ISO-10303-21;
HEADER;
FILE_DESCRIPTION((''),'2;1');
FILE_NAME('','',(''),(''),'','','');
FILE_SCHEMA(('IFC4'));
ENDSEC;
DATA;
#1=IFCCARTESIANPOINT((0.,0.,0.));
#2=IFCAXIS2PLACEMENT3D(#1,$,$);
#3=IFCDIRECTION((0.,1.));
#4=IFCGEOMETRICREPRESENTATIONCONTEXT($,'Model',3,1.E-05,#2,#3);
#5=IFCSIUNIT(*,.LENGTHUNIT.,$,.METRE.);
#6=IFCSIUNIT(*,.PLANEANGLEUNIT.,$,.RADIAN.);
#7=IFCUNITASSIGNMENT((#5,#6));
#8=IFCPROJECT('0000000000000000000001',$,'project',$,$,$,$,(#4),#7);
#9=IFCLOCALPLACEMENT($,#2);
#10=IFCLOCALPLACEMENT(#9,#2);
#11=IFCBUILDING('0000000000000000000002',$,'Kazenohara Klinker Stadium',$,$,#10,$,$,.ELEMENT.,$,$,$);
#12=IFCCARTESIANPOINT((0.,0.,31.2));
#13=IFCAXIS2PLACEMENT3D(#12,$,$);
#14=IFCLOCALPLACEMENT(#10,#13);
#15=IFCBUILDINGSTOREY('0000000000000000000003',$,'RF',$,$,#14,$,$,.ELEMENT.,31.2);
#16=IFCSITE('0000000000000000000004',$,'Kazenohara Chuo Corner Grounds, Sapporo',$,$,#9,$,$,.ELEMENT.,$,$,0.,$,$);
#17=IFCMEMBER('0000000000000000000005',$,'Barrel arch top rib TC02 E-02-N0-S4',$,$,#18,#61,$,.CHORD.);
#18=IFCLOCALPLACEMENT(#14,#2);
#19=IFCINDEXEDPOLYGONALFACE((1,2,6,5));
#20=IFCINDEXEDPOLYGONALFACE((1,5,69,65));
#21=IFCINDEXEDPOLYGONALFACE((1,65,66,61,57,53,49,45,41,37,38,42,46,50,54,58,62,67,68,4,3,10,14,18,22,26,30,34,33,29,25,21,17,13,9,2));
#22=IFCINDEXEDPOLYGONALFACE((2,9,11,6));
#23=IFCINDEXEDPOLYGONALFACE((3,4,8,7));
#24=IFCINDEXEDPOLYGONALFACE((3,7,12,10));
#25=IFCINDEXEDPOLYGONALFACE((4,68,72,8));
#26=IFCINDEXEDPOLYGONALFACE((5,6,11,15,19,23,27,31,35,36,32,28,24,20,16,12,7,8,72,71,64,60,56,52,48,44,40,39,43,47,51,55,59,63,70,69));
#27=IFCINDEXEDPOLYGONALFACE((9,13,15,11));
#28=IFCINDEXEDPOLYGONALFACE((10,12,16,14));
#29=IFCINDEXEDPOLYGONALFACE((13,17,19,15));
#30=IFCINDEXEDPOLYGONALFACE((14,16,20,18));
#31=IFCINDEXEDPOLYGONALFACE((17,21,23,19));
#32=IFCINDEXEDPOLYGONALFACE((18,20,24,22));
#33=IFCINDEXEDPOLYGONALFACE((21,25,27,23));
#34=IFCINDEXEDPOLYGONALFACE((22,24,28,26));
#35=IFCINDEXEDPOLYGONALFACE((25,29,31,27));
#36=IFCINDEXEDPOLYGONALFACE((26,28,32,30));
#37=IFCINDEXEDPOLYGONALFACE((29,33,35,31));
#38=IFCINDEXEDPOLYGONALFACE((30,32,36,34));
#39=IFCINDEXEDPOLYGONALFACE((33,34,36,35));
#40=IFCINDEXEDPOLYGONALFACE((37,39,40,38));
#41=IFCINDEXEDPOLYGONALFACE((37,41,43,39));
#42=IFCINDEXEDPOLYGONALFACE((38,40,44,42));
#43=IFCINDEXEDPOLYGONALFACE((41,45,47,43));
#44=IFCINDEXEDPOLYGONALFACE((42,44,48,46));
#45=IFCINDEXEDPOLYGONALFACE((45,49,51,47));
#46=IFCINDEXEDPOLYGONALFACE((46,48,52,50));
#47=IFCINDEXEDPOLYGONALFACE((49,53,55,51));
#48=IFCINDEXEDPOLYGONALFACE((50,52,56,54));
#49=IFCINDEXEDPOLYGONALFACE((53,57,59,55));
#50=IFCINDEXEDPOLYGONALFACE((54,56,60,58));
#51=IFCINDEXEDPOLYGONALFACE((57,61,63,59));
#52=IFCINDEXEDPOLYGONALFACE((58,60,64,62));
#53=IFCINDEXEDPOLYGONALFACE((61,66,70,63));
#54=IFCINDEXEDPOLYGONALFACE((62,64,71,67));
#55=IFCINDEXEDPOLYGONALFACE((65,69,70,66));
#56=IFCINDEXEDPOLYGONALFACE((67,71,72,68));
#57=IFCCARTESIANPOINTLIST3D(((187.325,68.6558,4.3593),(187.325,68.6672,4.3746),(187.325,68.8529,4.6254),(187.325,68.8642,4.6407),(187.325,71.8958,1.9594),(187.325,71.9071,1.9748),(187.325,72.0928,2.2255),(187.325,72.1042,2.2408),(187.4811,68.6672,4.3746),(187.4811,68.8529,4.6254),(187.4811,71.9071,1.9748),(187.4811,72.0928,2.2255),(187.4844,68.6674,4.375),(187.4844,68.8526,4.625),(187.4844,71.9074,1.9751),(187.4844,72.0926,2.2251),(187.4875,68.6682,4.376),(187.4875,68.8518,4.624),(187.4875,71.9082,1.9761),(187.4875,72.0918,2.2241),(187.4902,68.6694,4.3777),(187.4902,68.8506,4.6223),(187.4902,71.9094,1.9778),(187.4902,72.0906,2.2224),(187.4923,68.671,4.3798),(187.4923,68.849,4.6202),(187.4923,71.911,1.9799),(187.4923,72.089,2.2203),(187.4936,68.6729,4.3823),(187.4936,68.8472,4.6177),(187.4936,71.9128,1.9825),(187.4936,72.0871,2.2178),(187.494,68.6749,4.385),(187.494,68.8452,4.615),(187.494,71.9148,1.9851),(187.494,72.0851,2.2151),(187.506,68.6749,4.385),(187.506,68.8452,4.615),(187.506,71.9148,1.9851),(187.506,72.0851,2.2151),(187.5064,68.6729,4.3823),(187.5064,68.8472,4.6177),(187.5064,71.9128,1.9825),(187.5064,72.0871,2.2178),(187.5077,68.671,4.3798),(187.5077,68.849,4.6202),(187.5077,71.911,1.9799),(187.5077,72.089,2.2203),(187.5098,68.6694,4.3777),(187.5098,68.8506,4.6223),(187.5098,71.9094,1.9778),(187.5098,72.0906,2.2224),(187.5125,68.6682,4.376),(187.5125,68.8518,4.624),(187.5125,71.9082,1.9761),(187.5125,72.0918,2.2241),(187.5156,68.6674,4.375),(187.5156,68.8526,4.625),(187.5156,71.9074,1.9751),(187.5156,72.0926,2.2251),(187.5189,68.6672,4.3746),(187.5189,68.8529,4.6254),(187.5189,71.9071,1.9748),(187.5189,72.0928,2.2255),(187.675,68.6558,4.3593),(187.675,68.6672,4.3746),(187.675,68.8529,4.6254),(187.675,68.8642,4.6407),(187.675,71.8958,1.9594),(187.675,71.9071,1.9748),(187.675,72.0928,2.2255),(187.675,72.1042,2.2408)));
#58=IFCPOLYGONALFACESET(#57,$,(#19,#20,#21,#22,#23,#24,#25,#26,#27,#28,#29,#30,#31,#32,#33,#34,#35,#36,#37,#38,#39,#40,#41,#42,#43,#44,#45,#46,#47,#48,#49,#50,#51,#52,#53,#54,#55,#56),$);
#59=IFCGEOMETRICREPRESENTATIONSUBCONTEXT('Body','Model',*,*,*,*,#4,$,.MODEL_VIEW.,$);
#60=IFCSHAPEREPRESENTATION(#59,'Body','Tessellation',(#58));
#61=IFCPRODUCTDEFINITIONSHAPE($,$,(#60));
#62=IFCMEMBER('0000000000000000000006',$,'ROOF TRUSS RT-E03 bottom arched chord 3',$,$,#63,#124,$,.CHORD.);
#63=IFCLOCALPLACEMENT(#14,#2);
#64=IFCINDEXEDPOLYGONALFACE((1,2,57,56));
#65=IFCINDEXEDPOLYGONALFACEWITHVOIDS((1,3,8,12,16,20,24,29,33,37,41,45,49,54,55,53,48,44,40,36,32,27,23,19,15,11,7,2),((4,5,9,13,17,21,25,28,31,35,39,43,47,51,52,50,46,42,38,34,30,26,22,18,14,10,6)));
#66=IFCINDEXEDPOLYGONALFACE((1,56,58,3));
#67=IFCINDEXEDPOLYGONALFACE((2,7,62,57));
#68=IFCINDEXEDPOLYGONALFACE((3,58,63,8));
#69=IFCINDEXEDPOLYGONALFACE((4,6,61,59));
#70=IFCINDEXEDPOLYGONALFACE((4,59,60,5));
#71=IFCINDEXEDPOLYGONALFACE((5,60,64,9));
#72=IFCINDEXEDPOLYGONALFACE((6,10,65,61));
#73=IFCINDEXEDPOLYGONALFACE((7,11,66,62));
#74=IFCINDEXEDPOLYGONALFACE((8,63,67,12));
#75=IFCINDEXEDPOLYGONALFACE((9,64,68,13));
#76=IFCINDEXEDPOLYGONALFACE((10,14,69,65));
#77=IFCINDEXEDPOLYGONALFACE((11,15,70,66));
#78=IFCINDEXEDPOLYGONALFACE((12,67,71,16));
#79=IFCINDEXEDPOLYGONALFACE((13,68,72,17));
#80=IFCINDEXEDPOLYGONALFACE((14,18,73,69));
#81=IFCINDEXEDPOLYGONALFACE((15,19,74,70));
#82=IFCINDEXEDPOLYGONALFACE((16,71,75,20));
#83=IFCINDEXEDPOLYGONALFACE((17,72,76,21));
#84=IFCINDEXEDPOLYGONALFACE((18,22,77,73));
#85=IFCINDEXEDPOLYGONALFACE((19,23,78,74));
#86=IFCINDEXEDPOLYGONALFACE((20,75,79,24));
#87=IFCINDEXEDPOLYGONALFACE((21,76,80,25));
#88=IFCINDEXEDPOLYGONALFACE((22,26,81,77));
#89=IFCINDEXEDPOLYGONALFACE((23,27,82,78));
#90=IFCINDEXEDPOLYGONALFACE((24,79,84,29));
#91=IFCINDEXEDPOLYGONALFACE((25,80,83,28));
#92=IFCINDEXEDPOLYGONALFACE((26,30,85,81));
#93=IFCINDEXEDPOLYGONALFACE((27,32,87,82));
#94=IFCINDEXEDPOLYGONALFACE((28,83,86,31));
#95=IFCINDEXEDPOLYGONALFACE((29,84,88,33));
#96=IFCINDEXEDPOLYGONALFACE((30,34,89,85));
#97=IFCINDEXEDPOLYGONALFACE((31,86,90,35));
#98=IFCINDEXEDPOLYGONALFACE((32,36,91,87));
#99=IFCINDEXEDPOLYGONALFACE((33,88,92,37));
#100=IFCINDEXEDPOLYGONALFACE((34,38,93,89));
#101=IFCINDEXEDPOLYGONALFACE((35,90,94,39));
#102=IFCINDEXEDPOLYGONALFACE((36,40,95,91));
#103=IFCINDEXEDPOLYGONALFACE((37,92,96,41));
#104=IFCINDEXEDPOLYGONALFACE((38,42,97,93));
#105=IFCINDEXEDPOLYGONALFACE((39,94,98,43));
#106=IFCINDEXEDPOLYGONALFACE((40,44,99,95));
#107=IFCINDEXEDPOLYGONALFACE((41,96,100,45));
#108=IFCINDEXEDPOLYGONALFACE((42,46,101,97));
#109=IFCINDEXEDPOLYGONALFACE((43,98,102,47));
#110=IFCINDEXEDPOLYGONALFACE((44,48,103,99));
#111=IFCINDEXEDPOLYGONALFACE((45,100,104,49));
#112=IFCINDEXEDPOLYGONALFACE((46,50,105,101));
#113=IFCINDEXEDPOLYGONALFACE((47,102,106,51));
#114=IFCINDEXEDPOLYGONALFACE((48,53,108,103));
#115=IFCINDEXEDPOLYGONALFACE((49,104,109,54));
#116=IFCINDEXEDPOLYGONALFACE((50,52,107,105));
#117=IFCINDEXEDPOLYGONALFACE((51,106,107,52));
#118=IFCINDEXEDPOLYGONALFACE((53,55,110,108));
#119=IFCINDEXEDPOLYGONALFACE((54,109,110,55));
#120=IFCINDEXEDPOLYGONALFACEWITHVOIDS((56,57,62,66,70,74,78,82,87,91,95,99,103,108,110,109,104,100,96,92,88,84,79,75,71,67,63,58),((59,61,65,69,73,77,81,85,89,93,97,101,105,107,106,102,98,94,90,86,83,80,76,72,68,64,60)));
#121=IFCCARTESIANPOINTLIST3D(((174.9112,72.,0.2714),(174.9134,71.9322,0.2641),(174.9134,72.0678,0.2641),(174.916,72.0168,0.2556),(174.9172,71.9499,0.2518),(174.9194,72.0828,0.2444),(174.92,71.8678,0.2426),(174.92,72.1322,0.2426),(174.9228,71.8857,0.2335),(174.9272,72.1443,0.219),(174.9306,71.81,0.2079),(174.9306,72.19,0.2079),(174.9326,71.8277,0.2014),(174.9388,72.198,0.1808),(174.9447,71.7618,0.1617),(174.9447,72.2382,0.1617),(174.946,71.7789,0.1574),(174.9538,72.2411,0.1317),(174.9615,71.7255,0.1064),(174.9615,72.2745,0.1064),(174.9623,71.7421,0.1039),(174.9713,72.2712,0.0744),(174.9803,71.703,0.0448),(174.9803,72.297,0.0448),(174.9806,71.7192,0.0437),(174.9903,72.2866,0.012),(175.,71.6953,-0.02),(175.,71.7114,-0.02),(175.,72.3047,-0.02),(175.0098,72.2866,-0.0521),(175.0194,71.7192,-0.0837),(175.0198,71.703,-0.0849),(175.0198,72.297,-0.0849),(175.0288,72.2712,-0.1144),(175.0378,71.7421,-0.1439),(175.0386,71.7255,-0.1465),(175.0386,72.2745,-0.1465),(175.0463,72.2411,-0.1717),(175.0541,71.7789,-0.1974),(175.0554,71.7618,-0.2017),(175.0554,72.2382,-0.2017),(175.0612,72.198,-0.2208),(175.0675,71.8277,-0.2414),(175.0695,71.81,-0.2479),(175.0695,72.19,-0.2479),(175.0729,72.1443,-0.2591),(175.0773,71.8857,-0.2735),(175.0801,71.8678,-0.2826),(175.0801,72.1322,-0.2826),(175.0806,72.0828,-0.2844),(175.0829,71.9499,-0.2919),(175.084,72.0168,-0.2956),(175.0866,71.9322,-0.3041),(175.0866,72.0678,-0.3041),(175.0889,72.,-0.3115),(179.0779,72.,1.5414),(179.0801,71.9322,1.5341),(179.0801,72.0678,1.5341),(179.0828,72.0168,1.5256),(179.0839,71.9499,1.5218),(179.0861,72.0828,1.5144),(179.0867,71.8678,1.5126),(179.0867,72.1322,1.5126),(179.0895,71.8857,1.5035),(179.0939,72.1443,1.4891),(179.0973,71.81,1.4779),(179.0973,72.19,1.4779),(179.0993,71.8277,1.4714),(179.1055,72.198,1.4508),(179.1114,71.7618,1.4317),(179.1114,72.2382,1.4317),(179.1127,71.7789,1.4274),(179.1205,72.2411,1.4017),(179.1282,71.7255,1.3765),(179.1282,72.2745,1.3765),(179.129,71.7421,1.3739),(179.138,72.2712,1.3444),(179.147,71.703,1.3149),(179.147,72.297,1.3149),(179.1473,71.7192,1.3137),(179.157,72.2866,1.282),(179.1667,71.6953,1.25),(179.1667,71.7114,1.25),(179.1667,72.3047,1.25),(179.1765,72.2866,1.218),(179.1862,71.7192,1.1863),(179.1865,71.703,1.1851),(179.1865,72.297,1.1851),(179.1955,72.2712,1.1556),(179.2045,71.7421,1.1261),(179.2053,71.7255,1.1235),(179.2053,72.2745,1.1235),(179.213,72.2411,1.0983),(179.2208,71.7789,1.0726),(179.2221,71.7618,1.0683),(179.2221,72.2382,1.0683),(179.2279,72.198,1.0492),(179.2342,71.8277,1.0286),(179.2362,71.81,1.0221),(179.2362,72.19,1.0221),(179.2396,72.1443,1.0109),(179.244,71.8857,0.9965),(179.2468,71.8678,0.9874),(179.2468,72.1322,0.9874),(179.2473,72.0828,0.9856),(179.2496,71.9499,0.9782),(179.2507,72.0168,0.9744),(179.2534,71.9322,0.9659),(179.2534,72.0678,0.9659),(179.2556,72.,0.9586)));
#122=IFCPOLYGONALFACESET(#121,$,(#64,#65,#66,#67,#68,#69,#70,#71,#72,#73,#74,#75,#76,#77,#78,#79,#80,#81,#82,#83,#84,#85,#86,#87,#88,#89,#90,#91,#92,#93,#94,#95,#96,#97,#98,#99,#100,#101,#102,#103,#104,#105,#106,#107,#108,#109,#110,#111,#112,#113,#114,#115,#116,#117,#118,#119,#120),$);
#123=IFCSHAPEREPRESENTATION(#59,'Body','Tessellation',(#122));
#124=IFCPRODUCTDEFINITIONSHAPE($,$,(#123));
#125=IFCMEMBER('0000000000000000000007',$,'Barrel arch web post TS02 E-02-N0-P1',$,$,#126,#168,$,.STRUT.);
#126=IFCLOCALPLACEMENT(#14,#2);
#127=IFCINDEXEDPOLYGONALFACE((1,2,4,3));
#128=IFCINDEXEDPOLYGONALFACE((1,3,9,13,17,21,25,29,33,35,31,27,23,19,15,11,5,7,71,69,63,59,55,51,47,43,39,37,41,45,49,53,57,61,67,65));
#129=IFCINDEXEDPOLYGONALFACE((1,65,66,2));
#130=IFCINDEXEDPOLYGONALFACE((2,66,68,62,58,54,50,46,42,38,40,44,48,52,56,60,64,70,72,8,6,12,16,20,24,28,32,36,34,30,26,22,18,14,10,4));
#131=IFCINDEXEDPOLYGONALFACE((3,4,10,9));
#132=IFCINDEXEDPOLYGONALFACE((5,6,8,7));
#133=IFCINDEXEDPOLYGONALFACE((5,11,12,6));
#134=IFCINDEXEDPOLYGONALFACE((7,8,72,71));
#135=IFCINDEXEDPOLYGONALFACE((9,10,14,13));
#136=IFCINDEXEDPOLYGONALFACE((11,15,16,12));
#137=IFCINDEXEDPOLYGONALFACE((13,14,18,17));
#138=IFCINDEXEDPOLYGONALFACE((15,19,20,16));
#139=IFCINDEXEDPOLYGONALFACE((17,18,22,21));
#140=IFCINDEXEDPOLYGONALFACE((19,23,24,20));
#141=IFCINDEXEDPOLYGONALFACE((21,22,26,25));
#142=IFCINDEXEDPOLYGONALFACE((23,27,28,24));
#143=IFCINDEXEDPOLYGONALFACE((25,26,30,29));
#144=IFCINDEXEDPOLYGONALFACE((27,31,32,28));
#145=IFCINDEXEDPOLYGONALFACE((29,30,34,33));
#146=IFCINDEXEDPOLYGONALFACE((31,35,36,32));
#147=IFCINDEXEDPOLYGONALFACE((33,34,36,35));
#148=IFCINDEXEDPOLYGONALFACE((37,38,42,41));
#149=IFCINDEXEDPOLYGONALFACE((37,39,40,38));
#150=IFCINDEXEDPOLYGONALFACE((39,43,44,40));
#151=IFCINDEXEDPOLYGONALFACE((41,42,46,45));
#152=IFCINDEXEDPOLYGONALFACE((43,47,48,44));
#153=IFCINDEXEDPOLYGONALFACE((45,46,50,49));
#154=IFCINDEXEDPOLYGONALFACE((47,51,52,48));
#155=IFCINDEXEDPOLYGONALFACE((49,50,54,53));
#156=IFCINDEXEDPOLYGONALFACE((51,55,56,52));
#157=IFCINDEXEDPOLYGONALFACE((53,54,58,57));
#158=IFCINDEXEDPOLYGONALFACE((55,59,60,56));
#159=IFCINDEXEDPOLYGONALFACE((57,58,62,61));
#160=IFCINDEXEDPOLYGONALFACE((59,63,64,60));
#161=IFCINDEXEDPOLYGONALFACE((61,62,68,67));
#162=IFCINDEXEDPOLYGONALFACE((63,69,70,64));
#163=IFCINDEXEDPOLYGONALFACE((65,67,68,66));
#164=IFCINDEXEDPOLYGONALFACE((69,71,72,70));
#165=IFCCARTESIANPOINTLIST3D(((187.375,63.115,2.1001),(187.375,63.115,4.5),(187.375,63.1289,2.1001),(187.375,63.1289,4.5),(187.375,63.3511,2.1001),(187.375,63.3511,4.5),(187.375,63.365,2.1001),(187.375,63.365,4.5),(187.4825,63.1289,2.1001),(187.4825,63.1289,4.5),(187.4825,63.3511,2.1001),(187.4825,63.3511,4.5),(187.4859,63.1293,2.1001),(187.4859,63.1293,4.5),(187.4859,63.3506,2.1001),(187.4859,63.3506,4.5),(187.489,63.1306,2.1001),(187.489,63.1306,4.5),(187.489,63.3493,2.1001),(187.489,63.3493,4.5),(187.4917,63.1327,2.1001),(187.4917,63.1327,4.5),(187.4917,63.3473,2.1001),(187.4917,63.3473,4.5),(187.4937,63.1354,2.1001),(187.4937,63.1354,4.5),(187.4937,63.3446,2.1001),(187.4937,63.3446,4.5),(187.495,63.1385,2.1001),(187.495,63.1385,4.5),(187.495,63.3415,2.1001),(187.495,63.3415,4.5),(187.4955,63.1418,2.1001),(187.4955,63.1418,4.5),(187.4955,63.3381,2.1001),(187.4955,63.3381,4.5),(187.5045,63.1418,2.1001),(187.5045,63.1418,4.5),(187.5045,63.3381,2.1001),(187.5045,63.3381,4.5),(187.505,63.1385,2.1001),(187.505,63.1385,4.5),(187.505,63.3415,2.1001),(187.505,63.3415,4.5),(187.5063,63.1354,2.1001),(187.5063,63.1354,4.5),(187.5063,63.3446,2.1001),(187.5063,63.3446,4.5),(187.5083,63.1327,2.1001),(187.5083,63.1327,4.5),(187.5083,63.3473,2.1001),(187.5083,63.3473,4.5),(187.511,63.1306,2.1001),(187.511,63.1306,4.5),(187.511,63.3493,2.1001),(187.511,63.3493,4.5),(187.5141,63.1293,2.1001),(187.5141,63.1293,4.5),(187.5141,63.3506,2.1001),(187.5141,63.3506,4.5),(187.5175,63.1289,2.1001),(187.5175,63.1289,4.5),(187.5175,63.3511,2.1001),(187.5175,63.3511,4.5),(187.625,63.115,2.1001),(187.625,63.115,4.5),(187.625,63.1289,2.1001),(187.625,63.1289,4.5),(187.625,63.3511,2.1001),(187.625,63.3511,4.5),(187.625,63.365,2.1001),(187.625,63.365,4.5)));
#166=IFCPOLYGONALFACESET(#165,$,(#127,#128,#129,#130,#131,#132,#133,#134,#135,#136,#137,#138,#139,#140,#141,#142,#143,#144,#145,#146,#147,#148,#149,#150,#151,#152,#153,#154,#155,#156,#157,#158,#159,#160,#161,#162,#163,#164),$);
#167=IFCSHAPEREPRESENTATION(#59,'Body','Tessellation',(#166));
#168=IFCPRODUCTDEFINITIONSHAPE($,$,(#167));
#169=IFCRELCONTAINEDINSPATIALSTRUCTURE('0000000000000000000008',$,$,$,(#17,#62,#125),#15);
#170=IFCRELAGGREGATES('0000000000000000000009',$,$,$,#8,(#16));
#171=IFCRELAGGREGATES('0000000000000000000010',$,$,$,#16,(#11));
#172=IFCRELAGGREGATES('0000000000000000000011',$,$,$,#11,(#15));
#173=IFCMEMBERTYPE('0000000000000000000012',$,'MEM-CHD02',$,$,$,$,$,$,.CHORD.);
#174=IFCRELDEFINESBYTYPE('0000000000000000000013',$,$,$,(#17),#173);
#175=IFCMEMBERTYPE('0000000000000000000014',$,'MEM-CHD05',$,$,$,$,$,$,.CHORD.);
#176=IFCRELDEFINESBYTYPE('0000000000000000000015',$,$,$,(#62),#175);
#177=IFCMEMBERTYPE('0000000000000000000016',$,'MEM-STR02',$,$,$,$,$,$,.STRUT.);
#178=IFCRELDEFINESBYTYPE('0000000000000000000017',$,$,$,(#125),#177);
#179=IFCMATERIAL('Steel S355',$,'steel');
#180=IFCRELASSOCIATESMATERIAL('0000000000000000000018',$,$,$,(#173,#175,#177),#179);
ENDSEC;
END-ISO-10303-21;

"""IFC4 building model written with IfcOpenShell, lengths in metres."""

from ifc_helpers import new_model, si_unit, direction, frame, origin, origin_2d, place, context, subcontext, project, spatial, hollow_circle, i_section, extrude, material, material_profile, profile_set, type_object, element, save


model = new_model("IFC4")

# Units and contexts
model_context = context("Model", 3, precision=1e-05, world=origin(), true_north=direction((0.0, 1.0)))
body_context = subcontext(model_context, "Body", "Model", "MODEL_VIEW")
ifc_project = project(units=[si_unit("LENGTHUNIT", "METRE"), si_unit("PLANEANGLEUNIT", "RADIAN")], contexts=[model_context])

# Site, building, storey
site_placement = place(None, origin())
site = spatial("IfcSite", under=ifc_project, at=site_placement, Name="Kazenohara Chuo Corner Grounds, Sapporo", CompositionType="ELEMENT", RefElevation=0.0)
building_placement = place(site_placement, origin())
building = spatial("IfcBuilding", under=site, at=building_placement, Name="Kazenohara Klinker Stadium", CompositionType="ELEMENT")
storey_placement = place(building_placement, frame((0.0, 0.0, 31.2)))
storey = spatial("IfcBuildingStorey", under=building, at=storey_placement, Name="RF", CompositionType="ELEMENT", Elevation=31.2)

# Members
ifc_material_1 = material(Name="Steel S355", Category="steel")
ifc_material_profile_1 = material_profile(ifc_material_1, i_section(OverallWidth=0.3501, OverallDepth=0.3501, WebThickness=0.012, FlangeThickness=0.019, FilletRadius=0.0129, at=origin_2d()), Name="H-350x350x12x19")
ifc_profile_set_1 = profile_set([ifc_material_profile_1], Name="Steel S355")
member_type_1 = type_object("IfcMemberType", Name="MEM-CHD02", PredefinedType="CHORD", material=ifc_profile_set_1)
member_1_placement = place(storey_placement, frame((187.5, 68.76, 4.5), z_axis=(0.0, 0.803568, -0.595213), x_axis=(-1.0, 0.0, 0.0)))
element("IfcMember", 1, at=member_1_placement, inside=storey, type_object=member_type_1, Name="Barrel arch top rib TC02 E-02-N0-S4", PredefinedType="CHORD", context=body_context, shape_type="SweptSolid", body=[
    extrude(i_section(OverallWidth=0.3501, OverallDepth=0.3501, WebThickness=0.012, FlangeThickness=0.019, FilletRadius=0.0129, at=origin_2d()), origin(), (0.0, 0.0, 1.0), 4.032),
])
ifc_material_profile_2 = material_profile(ifc_material_1, hollow_circle(Radius=0.3047, WallThickness=0.0161, at=origin_2d()), Name="CHS-609.6x16")
ifc_profile_set_2 = profile_set([ifc_material_profile_2], Name="Steel S355")
member_type_2 = type_object("IfcMemberType", Name="MEM-CHD05", PredefinedType="CHORD", material=ifc_profile_set_2)
member_2_placement = place(storey_placement, frame((179.1667, 72.0, 1.25), z_axis=(-0.956554, 0.0, -0.291556), x_axis=(0.0, -1.0, 0.0)))
element("IfcMember", 2, at=member_2_placement, inside=storey, type_object=member_type_2, Name="ROOF TRUSS RT-E03 bottom arched chord 3", PredefinedType="CHORD", context=body_context, shape_type="SweptSolid", body=[
    extrude(hollow_circle(Radius=0.3047, WallThickness=0.0161, at=origin_2d()), origin(), (0.0, 0.0, 1.0), 4.356),
])
ifc_material_profile_3 = material_profile(ifc_material_1, i_section(OverallWidth=0.25, OverallDepth=0.25, WebThickness=0.009, FlangeThickness=0.0139, FilletRadius=0.0129, at=origin_2d()), Name="H-250x250x9x14")
ifc_profile_set_3 = profile_set([ifc_material_profile_3], Name="Steel S355")
member_type_3 = type_object("IfcMemberType", Name="MEM-STR02", PredefinedType="STRUT", material=ifc_profile_set_3)
member_3_placement = place(storey_placement, frame((187.5, 63.24, 2.1001), z_axis=(0.0, 0.0, 1.0), x_axis=(1.0, 0.0, 0.0)))
element("IfcMember", 3, at=member_3_placement, inside=storey, type_object=member_type_3, Name="Barrel arch web post TS02 E-02-N0-P1", PredefinedType="STRUT", context=body_context, shape_type="SweptSolid", body=[
    extrude(i_section(OverallWidth=0.25, OverallDepth=0.25, WebThickness=0.009, FlangeThickness=0.0139, FilletRadius=0.0129, at=origin_2d()), origin(), (0.0, 0.0, 1.0), 2.3999),
])

save(model, "model.ifc")
